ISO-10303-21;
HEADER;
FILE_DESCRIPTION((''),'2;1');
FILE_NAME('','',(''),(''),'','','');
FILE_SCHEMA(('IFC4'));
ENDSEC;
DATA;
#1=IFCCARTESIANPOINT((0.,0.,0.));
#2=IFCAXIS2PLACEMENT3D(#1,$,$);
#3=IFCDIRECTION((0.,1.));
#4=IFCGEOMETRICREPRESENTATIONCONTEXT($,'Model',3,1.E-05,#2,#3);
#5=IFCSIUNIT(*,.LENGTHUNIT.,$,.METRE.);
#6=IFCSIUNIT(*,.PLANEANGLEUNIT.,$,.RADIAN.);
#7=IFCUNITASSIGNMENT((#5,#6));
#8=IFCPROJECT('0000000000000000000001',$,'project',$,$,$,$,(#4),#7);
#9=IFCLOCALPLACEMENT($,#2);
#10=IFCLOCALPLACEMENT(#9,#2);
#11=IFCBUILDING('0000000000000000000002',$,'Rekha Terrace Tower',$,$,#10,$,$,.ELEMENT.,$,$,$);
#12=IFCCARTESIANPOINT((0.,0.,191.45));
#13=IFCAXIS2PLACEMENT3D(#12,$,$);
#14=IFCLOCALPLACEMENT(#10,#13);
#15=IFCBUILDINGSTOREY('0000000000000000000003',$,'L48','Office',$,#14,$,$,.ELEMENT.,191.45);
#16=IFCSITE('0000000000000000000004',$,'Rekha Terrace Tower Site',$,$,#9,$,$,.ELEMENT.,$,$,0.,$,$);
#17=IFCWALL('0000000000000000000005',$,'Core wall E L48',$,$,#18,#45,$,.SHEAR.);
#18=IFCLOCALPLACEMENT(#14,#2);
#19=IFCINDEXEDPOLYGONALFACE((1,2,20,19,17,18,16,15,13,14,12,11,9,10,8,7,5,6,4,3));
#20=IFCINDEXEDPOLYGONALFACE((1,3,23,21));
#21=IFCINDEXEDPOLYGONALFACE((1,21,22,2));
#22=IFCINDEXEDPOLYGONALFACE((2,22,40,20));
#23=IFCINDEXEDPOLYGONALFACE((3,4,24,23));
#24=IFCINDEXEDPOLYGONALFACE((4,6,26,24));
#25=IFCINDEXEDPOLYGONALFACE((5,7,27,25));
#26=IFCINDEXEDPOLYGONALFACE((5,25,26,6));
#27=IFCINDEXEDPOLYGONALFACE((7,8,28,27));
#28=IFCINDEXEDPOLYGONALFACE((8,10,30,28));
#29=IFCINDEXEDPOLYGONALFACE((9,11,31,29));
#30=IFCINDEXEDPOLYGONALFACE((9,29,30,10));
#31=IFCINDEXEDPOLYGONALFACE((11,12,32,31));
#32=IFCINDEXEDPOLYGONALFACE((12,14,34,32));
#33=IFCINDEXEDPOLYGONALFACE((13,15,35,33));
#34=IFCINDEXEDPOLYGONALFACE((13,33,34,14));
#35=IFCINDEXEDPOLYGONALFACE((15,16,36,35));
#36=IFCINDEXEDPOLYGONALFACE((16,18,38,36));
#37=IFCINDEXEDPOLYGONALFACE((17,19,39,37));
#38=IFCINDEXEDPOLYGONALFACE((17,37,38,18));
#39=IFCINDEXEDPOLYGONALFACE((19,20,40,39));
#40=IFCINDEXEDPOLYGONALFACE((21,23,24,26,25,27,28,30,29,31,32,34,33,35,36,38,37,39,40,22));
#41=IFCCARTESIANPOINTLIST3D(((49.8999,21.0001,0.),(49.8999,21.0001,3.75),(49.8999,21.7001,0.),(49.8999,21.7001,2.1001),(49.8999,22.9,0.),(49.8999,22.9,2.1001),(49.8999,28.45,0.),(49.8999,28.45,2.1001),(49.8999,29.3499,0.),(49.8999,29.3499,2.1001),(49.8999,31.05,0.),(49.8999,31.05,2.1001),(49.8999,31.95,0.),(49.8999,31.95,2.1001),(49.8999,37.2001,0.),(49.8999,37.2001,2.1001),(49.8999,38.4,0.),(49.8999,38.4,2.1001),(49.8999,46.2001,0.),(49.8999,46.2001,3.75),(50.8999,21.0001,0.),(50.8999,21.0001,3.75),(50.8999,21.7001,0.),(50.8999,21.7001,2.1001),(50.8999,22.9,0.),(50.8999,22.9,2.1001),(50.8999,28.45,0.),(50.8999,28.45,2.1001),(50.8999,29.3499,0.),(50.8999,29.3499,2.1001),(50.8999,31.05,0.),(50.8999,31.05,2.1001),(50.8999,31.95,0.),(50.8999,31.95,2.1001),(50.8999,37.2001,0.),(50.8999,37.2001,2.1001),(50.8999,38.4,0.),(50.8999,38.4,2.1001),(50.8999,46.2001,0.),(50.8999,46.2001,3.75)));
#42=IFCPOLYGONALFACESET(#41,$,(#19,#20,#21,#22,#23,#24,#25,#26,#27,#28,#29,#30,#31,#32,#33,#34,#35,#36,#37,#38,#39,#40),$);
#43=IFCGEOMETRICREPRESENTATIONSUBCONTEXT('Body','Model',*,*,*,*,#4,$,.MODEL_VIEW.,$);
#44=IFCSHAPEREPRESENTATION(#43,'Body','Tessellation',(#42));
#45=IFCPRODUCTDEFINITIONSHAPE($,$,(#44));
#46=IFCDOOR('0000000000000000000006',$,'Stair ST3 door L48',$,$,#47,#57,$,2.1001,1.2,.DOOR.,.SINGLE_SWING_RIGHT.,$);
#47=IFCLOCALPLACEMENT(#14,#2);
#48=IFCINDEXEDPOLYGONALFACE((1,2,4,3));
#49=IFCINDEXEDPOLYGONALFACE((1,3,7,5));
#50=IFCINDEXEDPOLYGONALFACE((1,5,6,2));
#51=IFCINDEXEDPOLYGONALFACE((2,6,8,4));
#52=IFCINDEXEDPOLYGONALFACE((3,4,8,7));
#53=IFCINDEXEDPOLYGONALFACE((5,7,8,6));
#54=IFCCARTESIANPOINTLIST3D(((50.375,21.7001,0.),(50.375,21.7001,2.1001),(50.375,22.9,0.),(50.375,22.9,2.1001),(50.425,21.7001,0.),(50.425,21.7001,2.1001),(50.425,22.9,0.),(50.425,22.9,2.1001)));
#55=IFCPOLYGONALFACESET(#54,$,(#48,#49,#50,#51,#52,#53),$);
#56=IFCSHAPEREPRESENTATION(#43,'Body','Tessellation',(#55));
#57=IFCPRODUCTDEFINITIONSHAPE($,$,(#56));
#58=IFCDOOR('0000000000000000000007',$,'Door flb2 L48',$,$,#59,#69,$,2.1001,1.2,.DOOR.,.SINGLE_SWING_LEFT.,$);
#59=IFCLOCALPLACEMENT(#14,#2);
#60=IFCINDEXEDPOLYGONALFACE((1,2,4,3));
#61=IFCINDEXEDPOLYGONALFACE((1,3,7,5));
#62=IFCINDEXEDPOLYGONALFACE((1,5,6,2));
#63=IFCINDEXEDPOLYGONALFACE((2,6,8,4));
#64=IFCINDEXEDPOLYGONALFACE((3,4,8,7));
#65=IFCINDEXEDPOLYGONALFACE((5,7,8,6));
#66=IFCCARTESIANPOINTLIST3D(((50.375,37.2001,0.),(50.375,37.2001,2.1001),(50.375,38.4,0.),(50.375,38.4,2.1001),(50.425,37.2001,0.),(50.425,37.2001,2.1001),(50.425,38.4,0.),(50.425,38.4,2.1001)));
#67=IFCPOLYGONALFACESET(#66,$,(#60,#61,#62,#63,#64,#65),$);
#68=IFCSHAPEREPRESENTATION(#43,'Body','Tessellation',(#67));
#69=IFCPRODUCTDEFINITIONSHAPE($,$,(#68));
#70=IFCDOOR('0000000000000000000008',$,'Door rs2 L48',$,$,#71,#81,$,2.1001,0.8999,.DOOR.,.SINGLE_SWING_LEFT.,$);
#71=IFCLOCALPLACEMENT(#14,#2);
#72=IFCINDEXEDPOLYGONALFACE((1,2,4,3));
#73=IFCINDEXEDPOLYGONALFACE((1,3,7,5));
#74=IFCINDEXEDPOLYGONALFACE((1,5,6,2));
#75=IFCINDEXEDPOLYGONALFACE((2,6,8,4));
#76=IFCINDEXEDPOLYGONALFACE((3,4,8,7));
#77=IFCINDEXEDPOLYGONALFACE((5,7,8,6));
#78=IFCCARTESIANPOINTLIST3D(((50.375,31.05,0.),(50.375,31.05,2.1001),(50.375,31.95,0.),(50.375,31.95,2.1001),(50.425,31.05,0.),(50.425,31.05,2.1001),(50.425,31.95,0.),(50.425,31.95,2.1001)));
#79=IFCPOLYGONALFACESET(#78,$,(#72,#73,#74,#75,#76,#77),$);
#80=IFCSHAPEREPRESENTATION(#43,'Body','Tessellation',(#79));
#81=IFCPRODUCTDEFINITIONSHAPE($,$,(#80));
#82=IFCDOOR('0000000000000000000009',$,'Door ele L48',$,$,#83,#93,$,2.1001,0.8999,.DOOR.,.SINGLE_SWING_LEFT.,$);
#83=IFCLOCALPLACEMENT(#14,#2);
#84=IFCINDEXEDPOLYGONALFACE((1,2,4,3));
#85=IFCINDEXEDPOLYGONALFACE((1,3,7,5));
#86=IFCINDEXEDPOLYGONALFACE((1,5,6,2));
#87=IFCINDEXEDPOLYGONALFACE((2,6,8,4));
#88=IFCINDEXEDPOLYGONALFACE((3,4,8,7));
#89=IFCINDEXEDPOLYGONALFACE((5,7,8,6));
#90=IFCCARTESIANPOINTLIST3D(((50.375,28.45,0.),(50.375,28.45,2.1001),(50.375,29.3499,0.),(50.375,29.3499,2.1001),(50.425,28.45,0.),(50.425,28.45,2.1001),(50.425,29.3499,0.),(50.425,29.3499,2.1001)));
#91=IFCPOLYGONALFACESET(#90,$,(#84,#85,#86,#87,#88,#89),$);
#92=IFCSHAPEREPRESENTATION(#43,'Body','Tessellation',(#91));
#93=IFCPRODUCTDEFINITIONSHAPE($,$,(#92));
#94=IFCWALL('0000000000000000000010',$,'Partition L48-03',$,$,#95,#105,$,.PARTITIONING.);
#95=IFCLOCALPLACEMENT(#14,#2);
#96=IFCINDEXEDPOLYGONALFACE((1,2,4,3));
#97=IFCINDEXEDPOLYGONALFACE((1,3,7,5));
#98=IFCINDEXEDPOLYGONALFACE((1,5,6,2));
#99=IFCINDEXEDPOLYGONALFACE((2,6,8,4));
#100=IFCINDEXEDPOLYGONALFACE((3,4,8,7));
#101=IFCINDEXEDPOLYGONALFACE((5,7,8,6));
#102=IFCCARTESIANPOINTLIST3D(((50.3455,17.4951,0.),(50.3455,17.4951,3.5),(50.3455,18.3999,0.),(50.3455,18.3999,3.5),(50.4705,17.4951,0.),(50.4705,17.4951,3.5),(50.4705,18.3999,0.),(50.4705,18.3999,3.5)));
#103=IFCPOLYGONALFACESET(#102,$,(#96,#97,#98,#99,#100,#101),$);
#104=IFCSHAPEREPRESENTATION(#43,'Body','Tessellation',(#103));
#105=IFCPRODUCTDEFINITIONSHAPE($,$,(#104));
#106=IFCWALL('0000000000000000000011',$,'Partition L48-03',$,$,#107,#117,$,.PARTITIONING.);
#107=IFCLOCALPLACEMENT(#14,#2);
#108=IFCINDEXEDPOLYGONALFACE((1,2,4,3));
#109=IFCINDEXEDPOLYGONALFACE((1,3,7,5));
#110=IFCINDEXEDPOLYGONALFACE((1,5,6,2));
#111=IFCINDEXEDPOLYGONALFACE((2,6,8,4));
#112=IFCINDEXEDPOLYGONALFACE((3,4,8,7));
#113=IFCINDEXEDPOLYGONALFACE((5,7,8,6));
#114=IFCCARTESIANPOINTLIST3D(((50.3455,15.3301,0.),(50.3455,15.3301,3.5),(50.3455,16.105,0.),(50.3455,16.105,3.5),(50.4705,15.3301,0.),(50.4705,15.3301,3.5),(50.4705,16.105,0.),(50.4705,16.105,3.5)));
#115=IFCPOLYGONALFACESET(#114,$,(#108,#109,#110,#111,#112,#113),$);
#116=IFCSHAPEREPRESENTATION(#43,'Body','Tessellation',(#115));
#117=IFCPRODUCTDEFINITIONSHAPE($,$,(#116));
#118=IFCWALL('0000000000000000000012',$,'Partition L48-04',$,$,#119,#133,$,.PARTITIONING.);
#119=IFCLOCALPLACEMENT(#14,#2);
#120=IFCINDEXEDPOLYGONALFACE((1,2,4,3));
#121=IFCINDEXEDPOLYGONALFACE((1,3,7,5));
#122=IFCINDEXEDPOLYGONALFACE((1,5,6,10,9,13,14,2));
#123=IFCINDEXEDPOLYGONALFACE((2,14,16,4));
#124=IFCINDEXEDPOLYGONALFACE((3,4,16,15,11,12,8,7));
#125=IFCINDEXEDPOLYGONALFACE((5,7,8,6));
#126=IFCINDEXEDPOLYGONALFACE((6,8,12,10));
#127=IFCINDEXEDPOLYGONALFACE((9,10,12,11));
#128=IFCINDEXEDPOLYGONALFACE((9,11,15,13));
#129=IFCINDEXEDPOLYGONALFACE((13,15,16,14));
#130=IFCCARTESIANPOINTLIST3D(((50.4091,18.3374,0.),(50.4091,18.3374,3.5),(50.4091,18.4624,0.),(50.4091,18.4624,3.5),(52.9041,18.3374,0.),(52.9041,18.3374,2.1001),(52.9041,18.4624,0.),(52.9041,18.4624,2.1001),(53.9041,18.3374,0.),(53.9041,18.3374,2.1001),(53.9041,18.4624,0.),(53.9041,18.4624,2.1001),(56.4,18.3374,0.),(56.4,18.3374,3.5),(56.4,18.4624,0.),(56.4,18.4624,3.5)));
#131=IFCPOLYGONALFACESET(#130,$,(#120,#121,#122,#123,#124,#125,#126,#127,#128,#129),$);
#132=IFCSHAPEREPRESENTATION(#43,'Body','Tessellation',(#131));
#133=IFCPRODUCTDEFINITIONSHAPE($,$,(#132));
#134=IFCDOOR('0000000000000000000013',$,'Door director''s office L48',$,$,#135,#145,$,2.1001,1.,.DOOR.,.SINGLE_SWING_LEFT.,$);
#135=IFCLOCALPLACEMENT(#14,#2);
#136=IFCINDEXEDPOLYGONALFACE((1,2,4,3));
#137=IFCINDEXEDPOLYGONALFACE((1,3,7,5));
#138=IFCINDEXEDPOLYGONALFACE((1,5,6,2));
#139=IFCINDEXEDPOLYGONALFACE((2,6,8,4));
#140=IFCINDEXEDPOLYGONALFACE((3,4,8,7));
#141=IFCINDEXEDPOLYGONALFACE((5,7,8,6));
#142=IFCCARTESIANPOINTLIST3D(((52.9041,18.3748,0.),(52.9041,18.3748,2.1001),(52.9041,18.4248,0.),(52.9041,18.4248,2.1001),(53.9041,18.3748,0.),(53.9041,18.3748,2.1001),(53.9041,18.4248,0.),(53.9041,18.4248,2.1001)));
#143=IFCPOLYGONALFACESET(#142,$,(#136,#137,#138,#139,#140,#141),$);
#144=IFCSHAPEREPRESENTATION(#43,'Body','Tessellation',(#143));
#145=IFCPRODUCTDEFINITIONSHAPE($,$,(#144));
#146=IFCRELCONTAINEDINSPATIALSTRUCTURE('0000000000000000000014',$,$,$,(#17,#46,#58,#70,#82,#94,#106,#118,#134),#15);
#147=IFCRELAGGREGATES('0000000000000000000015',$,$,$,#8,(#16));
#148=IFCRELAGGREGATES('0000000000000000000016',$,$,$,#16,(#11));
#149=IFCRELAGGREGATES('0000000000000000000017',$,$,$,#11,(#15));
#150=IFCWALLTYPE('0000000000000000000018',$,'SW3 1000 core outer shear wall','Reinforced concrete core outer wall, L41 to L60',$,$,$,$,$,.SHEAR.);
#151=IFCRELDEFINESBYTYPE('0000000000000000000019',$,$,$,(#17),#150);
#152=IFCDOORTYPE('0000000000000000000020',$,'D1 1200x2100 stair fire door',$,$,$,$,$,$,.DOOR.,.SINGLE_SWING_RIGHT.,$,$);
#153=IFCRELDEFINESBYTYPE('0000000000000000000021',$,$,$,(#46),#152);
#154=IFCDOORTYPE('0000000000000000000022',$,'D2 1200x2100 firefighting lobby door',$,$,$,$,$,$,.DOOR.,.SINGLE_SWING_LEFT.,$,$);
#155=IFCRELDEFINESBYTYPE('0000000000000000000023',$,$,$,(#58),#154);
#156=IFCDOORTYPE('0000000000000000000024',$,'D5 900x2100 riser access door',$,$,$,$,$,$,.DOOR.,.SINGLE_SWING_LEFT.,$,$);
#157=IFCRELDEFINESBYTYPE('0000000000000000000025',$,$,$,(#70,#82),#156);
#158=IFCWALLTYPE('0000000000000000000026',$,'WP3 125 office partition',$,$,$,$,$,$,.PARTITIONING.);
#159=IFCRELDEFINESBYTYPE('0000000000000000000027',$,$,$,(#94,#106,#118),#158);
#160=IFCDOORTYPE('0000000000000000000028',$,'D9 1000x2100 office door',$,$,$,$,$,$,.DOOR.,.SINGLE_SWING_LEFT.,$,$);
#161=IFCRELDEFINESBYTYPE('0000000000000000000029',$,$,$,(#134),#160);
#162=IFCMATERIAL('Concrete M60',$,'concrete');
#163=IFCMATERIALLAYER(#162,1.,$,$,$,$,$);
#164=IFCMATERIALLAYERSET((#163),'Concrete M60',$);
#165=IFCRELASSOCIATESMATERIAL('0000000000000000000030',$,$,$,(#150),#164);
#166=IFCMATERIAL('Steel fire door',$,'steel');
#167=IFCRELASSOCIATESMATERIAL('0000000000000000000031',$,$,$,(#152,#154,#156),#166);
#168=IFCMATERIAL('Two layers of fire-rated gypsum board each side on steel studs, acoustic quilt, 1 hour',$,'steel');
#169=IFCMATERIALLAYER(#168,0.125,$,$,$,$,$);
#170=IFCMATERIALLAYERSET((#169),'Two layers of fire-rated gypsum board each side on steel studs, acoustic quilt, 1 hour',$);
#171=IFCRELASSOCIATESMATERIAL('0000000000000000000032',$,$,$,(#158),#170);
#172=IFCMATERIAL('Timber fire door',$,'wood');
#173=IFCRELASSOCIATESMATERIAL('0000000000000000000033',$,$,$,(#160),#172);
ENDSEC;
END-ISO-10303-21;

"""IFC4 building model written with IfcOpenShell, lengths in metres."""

from ifc_helpers import new_model, si_unit, direction, frame, frame_2d, origin, place, context, subcontext, project, spatial, rectangle, extrude, material, layer, layer_set, type_object, element, fill, save


model = new_model("IFC4")

# Units and contexts
model_context = context("Model", 3, precision=1e-05, world=origin(), true_north=direction((0.0, 1.0)))
body_context = subcontext(model_context, "Body", "Model", "MODEL_VIEW")
ifc_project = project(units=[si_unit("LENGTHUNIT", "METRE"), si_unit("PLANEANGLEUNIT", "RADIAN")], contexts=[model_context])

# Site, building, storey
site_placement = place(None, origin())
site = spatial("IfcSite", under=ifc_project, at=site_placement, Name="Rekha Terrace Tower Site", CompositionType="ELEMENT", RefElevation=0.0)
building_placement = place(site_placement, origin())
building = spatial("IfcBuilding", under=site, at=building_placement, Name="Rekha Terrace Tower", CompositionType="ELEMENT")
storey_placement = place(building_placement, frame((0.0, 0.0, 191.45)))
storey = spatial("IfcBuildingStorey", under=building, at=storey_placement, Name="L48", Description="Office", CompositionType="ELEMENT", Elevation=191.45)

# Shared definitions
ifc_material_1 = material(Name="Concrete M60", Category="concrete")

# Wall, openings, doors
ifc_layer_1 = layer(ifc_material_1, 1.0)
ifc_layer_set_1 = layer_set([ifc_layer_1], Name="Concrete M60")
wall_type_1 = type_object("IfcWallType", Name="SW3 1000 core outer shear wall", Description="Reinforced concrete core outer wall, L41 to L60", PredefinedType="SHEAR", material=ifc_layer_set_1)
wall_1_placement = place(storey_placement, frame((50.3999, 21.0, 0.0), z_axis=(0.0, 0.0, 1.0), x_axis=(0.0, 1.0, 0.0)))
wall_1 = element("IfcWall", 1, at=wall_1_placement, inside=storey, type_object=wall_type_1, Name="Core wall E L48", PredefinedType="SHEAR", context=body_context, shape_type="SweptSolid", body=[
    extrude(rectangle(XDim=25.2, YDim=1.0, at=frame_2d((12.6001, 0.0))), origin(), (0.0, 0.0, 1.0), 3.75),
])
opening_1_placement = place(wall_1_placement, frame((16.2, 0.0, 0.0)))
opening_1 = element("IfcOpeningElement", 2, at=opening_1_placement, cuts=wall_1, PredefinedType="OPENING", context=body_context, shape_type="SweptSolid", body=[
    extrude(rectangle(XDim=1.2, YDim=2.1001, at=frame_2d((0.6001, 1.05))), frame((0.0, 0.51, 0.0), z_axis=(0.0, -1.0, 0.0), x_axis=(1.0, 0.0, 0.0)), (0.0, 0.0, 1.0), 1.02),
])
opening_2_placement = place(wall_1_placement, frame((10.05, 0.0, 0.0)))
opening_2 = element("IfcOpeningElement", 3, at=opening_2_placement, cuts=wall_1, PredefinedType="OPENING", context=body_context, shape_type="SweptSolid", body=[
    extrude(rectangle(XDim=0.8999, YDim=2.1001, at=frame_2d((0.45, 1.05))), frame((0.0, 0.51, 0.0), z_axis=(0.0, -1.0, 0.0), x_axis=(1.0, 0.0, 0.0)), (0.0, 0.0, 1.0), 1.02),
])
opening_3_placement = place(wall_1_placement, frame((7.45, 0.0, 0.0)))
opening_3 = element("IfcOpeningElement", 4, at=opening_3_placement, cuts=wall_1, PredefinedType="OPENING", context=body_context, shape_type="SweptSolid", body=[
    extrude(rectangle(XDim=0.8999, YDim=2.1001, at=frame_2d((0.45, 1.05))), frame((0.0, 0.51, 0.0), z_axis=(0.0, -1.0, 0.0), x_axis=(1.0, 0.0, 0.0)), (0.0, 0.0, 1.0), 1.02),
])
opening_4_placement = place(wall_1_placement, frame((0.7, 0.0, 0.0)))
opening_4 = element("IfcOpeningElement", 5, at=opening_4_placement, cuts=wall_1, PredefinedType="OPENING", context=body_context, shape_type="SweptSolid", body=[
    extrude(rectangle(XDim=1.2, YDim=2.1001, at=frame_2d((0.6001, 1.05))), frame((0.0, 0.51, 0.0), z_axis=(0.0, -1.0, 0.0), x_axis=(1.0, 0.0, 0.0)), (0.0, 0.0, 1.0), 1.02),
])
ifc_material_2 = material(Name="Steel fire door", Category="steel")
door_type_1 = type_object("IfcDoorType", Name="D1 1200x2100 stair fire door", OperationType="SINGLE_SWING_RIGHT", PredefinedType="DOOR", material=ifc_material_2)
door_1_placement = place(opening_4_placement, origin())
door_1 = element("IfcDoor", 6, at=door_1_placement, inside=storey, type_object=door_type_1, Name="Stair ST3 door L48", OperationType="SINGLE_SWING_RIGHT", OverallHeight=2.1001, OverallWidth=1.2, PredefinedType="DOOR", context=body_context, shape_type="SweptSolid", body=[
    extrude(rectangle(XDim=1.2, YDim=2.1001, at=frame_2d((0.6001, 1.05))), frame((0.0, 0.0249, 0.0), z_axis=(0.0, -1.0, 0.0), x_axis=(1.0, 0.0, 0.0)), (0.0, 0.0, 1.0), 0.05),
])
fill(opening_4, door_1)
door_type_2 = type_object("IfcDoorType", Name="D2 1200x2100 firefighting lobby door", OperationType="SINGLE_SWING_LEFT", PredefinedType="DOOR", material=ifc_material_2)
door_2_placement = place(opening_1_placement, origin())
door_2 = element("IfcDoor", 7, at=door_2_placement, inside=storey, type_object=door_type_2, Name="Door flb2 L48", OperationType="SINGLE_SWING_LEFT", OverallHeight=2.1001, OverallWidth=1.2, PredefinedType="DOOR", context=body_context, shape_type="SweptSolid", body=[
    extrude(rectangle(XDim=1.2, YDim=2.1001, at=frame_2d((0.6001, 1.05))), frame((0.0, 0.0249, 0.0), z_axis=(0.0, -1.0, 0.0), x_axis=(1.0, 0.0, 0.0)), (0.0, 0.0, 1.0), 0.05),
])
fill(opening_1, door_2)
door_type_3 = type_object("IfcDoorType", Name="D5 900x2100 riser access door", OperationType="SINGLE_SWING_LEFT", PredefinedType="DOOR", material=ifc_material_2)
door_3_placement = place(opening_2_placement, origin())
door_3 = element("IfcDoor", 8, at=door_3_placement, inside=storey, type_object=door_type_3, Name="Door rs2 L48", OperationType="SINGLE_SWING_LEFT", OverallHeight=2.1001, OverallWidth=0.8999, PredefinedType="DOOR", context=body_context, shape_type="SweptSolid", body=[
    extrude(rectangle(XDim=0.8999, YDim=2.1001, at=frame_2d((0.45, 1.05))), frame((0.0, 0.0249, 0.0), z_axis=(0.0, -1.0, 0.0), x_axis=(1.0, 0.0, 0.0)), (0.0, 0.0, 1.0), 0.05),
])
fill(opening_2, door_3)
door_4_placement = place(opening_3_placement, origin())
door_4 = element("IfcDoor", 9, at=door_4_placement, inside=storey, type_object=door_type_3, Name="Door ele L48", OperationType="SINGLE_SWING_LEFT", OverallHeight=2.1001, OverallWidth=0.8999, PredefinedType="DOOR", context=body_context, shape_type="SweptSolid", body=[
    extrude(rectangle(XDim=0.8999, YDim=2.1001, at=frame_2d((0.45, 1.05))), frame((0.0, 0.0249, 0.0), z_axis=(0.0, -1.0, 0.0), x_axis=(1.0, 0.0, 0.0)), (0.0, 0.0, 1.0), 0.05),
])
fill(opening_3, door_4)

# Walls
ifc_material_3 = material(Name="Two layers of fire-rated gypsum board each side on steel studs, acoustic quilt, 1 hour", Category="steel")
ifc_layer_2 = layer(ifc_material_3, 0.125)
ifc_layer_set_2 = layer_set([ifc_layer_2], Name="Two layers of fire-rated gypsum board each side on steel studs, acoustic quilt, 1 hour")
wall_type_2 = type_object("IfcWallType", Name="WP3 125 office partition", PredefinedType="PARTITIONING", material=ifc_layer_set_2)
wall_2_placement = place(storey_placement, frame((50.408, 18.3999, 0.0), z_axis=(0.0, 0.0, 1.0), x_axis=(0.0, -1.0, 0.0)))
element("IfcWall", 10, at=wall_2_placement, inside=storey, type_object=wall_type_2, Name="Partition L48-03", PredefinedType="PARTITIONING", context=body_context, shape_type="SweptSolid", body=[
    extrude(rectangle(XDim=0.9048, YDim=0.125, at=frame_2d((0.4524, 0.0))), origin(), (0.0, 0.0, 1.0), 3.5),
])
wall_3_placement = place(storey_placement, frame((50.408, 16.105, 0.0), z_axis=(0.0, 0.0, 1.0), x_axis=(0.0, -1.0, 0.0)))
element("IfcWall", 11, at=wall_3_placement, inside=storey, type_object=wall_type_2, Name="Partition L48-03", PredefinedType="PARTITIONING", context=body_context, shape_type="SweptSolid", body=[
    extrude(rectangle(XDim=0.7749, YDim=0.125, at=frame_2d((0.3875, 0.0))), origin(), (0.0, 0.0, 1.0), 3.5),
])

# Wall, opening, door
wall_4_placement = place(storey_placement, frame((50.4089, 18.3999, 0.0), z_axis=(0.0, 0.0, 1.0), x_axis=(1.0, 0.0, 0.0)))
wall_4 = element("IfcWall", 12, at=wall_4_placement, inside=storey, type_object=wall_type_2, Name="Partition L48-04", PredefinedType="PARTITIONING", context=body_context, shape_type="SweptSolid", body=[
    extrude(rectangle(XDim=5.991, YDim=0.125, at=frame_2d((2.9956, 0.0))), origin(), (0.0, 0.0, 1.0), 3.5),
])
opening_5_placement = place(wall_4_placement, frame((2.4951, 0.0, 0.0)))
opening_5 = element("IfcOpeningElement", 13, at=opening_5_placement, cuts=wall_4, PredefinedType="OPENING", context=body_context, shape_type="SweptSolid", body=[
    extrude(rectangle(XDim=1.0, YDim=2.1001, at=frame_2d((0.5, 1.05))), frame((0.0, 0.0725, 0.0), z_axis=(0.0, -1.0, 0.0), x_axis=(1.0, 0.0, 0.0)), (0.0, 0.0, 1.0), 0.145),
])
ifc_material_4 = material(Name="Timber fire door", Category="wood")
door_type_4 = type_object("IfcDoorType", Name="D9 1000x2100 office door", OperationType="SINGLE_SWING_LEFT", PredefinedType="DOOR", material=ifc_material_4)
door_5_placement = place(opening_5_placement, origin())
door_5 = element("IfcDoor", 14, at=door_5_placement, inside=storey, type_object=door_type_4, Name="Door director's office L48", OperationType="SINGLE_SWING_LEFT", OverallHeight=2.1001, OverallWidth=1.0, PredefinedType="DOOR", context=body_context, shape_type="SweptSolid", body=[
    extrude(rectangle(XDim=1.0, YDim=2.1001, at=frame_2d((0.5, 1.05))), frame((0.0, 0.0249, 0.0), z_axis=(0.0, -1.0, 0.0), x_axis=(1.0, 0.0, 0.0)), (0.0, 0.0, 1.0), 0.05),
])
fill(opening_5, door_5)

save(model, "model.ifc")
